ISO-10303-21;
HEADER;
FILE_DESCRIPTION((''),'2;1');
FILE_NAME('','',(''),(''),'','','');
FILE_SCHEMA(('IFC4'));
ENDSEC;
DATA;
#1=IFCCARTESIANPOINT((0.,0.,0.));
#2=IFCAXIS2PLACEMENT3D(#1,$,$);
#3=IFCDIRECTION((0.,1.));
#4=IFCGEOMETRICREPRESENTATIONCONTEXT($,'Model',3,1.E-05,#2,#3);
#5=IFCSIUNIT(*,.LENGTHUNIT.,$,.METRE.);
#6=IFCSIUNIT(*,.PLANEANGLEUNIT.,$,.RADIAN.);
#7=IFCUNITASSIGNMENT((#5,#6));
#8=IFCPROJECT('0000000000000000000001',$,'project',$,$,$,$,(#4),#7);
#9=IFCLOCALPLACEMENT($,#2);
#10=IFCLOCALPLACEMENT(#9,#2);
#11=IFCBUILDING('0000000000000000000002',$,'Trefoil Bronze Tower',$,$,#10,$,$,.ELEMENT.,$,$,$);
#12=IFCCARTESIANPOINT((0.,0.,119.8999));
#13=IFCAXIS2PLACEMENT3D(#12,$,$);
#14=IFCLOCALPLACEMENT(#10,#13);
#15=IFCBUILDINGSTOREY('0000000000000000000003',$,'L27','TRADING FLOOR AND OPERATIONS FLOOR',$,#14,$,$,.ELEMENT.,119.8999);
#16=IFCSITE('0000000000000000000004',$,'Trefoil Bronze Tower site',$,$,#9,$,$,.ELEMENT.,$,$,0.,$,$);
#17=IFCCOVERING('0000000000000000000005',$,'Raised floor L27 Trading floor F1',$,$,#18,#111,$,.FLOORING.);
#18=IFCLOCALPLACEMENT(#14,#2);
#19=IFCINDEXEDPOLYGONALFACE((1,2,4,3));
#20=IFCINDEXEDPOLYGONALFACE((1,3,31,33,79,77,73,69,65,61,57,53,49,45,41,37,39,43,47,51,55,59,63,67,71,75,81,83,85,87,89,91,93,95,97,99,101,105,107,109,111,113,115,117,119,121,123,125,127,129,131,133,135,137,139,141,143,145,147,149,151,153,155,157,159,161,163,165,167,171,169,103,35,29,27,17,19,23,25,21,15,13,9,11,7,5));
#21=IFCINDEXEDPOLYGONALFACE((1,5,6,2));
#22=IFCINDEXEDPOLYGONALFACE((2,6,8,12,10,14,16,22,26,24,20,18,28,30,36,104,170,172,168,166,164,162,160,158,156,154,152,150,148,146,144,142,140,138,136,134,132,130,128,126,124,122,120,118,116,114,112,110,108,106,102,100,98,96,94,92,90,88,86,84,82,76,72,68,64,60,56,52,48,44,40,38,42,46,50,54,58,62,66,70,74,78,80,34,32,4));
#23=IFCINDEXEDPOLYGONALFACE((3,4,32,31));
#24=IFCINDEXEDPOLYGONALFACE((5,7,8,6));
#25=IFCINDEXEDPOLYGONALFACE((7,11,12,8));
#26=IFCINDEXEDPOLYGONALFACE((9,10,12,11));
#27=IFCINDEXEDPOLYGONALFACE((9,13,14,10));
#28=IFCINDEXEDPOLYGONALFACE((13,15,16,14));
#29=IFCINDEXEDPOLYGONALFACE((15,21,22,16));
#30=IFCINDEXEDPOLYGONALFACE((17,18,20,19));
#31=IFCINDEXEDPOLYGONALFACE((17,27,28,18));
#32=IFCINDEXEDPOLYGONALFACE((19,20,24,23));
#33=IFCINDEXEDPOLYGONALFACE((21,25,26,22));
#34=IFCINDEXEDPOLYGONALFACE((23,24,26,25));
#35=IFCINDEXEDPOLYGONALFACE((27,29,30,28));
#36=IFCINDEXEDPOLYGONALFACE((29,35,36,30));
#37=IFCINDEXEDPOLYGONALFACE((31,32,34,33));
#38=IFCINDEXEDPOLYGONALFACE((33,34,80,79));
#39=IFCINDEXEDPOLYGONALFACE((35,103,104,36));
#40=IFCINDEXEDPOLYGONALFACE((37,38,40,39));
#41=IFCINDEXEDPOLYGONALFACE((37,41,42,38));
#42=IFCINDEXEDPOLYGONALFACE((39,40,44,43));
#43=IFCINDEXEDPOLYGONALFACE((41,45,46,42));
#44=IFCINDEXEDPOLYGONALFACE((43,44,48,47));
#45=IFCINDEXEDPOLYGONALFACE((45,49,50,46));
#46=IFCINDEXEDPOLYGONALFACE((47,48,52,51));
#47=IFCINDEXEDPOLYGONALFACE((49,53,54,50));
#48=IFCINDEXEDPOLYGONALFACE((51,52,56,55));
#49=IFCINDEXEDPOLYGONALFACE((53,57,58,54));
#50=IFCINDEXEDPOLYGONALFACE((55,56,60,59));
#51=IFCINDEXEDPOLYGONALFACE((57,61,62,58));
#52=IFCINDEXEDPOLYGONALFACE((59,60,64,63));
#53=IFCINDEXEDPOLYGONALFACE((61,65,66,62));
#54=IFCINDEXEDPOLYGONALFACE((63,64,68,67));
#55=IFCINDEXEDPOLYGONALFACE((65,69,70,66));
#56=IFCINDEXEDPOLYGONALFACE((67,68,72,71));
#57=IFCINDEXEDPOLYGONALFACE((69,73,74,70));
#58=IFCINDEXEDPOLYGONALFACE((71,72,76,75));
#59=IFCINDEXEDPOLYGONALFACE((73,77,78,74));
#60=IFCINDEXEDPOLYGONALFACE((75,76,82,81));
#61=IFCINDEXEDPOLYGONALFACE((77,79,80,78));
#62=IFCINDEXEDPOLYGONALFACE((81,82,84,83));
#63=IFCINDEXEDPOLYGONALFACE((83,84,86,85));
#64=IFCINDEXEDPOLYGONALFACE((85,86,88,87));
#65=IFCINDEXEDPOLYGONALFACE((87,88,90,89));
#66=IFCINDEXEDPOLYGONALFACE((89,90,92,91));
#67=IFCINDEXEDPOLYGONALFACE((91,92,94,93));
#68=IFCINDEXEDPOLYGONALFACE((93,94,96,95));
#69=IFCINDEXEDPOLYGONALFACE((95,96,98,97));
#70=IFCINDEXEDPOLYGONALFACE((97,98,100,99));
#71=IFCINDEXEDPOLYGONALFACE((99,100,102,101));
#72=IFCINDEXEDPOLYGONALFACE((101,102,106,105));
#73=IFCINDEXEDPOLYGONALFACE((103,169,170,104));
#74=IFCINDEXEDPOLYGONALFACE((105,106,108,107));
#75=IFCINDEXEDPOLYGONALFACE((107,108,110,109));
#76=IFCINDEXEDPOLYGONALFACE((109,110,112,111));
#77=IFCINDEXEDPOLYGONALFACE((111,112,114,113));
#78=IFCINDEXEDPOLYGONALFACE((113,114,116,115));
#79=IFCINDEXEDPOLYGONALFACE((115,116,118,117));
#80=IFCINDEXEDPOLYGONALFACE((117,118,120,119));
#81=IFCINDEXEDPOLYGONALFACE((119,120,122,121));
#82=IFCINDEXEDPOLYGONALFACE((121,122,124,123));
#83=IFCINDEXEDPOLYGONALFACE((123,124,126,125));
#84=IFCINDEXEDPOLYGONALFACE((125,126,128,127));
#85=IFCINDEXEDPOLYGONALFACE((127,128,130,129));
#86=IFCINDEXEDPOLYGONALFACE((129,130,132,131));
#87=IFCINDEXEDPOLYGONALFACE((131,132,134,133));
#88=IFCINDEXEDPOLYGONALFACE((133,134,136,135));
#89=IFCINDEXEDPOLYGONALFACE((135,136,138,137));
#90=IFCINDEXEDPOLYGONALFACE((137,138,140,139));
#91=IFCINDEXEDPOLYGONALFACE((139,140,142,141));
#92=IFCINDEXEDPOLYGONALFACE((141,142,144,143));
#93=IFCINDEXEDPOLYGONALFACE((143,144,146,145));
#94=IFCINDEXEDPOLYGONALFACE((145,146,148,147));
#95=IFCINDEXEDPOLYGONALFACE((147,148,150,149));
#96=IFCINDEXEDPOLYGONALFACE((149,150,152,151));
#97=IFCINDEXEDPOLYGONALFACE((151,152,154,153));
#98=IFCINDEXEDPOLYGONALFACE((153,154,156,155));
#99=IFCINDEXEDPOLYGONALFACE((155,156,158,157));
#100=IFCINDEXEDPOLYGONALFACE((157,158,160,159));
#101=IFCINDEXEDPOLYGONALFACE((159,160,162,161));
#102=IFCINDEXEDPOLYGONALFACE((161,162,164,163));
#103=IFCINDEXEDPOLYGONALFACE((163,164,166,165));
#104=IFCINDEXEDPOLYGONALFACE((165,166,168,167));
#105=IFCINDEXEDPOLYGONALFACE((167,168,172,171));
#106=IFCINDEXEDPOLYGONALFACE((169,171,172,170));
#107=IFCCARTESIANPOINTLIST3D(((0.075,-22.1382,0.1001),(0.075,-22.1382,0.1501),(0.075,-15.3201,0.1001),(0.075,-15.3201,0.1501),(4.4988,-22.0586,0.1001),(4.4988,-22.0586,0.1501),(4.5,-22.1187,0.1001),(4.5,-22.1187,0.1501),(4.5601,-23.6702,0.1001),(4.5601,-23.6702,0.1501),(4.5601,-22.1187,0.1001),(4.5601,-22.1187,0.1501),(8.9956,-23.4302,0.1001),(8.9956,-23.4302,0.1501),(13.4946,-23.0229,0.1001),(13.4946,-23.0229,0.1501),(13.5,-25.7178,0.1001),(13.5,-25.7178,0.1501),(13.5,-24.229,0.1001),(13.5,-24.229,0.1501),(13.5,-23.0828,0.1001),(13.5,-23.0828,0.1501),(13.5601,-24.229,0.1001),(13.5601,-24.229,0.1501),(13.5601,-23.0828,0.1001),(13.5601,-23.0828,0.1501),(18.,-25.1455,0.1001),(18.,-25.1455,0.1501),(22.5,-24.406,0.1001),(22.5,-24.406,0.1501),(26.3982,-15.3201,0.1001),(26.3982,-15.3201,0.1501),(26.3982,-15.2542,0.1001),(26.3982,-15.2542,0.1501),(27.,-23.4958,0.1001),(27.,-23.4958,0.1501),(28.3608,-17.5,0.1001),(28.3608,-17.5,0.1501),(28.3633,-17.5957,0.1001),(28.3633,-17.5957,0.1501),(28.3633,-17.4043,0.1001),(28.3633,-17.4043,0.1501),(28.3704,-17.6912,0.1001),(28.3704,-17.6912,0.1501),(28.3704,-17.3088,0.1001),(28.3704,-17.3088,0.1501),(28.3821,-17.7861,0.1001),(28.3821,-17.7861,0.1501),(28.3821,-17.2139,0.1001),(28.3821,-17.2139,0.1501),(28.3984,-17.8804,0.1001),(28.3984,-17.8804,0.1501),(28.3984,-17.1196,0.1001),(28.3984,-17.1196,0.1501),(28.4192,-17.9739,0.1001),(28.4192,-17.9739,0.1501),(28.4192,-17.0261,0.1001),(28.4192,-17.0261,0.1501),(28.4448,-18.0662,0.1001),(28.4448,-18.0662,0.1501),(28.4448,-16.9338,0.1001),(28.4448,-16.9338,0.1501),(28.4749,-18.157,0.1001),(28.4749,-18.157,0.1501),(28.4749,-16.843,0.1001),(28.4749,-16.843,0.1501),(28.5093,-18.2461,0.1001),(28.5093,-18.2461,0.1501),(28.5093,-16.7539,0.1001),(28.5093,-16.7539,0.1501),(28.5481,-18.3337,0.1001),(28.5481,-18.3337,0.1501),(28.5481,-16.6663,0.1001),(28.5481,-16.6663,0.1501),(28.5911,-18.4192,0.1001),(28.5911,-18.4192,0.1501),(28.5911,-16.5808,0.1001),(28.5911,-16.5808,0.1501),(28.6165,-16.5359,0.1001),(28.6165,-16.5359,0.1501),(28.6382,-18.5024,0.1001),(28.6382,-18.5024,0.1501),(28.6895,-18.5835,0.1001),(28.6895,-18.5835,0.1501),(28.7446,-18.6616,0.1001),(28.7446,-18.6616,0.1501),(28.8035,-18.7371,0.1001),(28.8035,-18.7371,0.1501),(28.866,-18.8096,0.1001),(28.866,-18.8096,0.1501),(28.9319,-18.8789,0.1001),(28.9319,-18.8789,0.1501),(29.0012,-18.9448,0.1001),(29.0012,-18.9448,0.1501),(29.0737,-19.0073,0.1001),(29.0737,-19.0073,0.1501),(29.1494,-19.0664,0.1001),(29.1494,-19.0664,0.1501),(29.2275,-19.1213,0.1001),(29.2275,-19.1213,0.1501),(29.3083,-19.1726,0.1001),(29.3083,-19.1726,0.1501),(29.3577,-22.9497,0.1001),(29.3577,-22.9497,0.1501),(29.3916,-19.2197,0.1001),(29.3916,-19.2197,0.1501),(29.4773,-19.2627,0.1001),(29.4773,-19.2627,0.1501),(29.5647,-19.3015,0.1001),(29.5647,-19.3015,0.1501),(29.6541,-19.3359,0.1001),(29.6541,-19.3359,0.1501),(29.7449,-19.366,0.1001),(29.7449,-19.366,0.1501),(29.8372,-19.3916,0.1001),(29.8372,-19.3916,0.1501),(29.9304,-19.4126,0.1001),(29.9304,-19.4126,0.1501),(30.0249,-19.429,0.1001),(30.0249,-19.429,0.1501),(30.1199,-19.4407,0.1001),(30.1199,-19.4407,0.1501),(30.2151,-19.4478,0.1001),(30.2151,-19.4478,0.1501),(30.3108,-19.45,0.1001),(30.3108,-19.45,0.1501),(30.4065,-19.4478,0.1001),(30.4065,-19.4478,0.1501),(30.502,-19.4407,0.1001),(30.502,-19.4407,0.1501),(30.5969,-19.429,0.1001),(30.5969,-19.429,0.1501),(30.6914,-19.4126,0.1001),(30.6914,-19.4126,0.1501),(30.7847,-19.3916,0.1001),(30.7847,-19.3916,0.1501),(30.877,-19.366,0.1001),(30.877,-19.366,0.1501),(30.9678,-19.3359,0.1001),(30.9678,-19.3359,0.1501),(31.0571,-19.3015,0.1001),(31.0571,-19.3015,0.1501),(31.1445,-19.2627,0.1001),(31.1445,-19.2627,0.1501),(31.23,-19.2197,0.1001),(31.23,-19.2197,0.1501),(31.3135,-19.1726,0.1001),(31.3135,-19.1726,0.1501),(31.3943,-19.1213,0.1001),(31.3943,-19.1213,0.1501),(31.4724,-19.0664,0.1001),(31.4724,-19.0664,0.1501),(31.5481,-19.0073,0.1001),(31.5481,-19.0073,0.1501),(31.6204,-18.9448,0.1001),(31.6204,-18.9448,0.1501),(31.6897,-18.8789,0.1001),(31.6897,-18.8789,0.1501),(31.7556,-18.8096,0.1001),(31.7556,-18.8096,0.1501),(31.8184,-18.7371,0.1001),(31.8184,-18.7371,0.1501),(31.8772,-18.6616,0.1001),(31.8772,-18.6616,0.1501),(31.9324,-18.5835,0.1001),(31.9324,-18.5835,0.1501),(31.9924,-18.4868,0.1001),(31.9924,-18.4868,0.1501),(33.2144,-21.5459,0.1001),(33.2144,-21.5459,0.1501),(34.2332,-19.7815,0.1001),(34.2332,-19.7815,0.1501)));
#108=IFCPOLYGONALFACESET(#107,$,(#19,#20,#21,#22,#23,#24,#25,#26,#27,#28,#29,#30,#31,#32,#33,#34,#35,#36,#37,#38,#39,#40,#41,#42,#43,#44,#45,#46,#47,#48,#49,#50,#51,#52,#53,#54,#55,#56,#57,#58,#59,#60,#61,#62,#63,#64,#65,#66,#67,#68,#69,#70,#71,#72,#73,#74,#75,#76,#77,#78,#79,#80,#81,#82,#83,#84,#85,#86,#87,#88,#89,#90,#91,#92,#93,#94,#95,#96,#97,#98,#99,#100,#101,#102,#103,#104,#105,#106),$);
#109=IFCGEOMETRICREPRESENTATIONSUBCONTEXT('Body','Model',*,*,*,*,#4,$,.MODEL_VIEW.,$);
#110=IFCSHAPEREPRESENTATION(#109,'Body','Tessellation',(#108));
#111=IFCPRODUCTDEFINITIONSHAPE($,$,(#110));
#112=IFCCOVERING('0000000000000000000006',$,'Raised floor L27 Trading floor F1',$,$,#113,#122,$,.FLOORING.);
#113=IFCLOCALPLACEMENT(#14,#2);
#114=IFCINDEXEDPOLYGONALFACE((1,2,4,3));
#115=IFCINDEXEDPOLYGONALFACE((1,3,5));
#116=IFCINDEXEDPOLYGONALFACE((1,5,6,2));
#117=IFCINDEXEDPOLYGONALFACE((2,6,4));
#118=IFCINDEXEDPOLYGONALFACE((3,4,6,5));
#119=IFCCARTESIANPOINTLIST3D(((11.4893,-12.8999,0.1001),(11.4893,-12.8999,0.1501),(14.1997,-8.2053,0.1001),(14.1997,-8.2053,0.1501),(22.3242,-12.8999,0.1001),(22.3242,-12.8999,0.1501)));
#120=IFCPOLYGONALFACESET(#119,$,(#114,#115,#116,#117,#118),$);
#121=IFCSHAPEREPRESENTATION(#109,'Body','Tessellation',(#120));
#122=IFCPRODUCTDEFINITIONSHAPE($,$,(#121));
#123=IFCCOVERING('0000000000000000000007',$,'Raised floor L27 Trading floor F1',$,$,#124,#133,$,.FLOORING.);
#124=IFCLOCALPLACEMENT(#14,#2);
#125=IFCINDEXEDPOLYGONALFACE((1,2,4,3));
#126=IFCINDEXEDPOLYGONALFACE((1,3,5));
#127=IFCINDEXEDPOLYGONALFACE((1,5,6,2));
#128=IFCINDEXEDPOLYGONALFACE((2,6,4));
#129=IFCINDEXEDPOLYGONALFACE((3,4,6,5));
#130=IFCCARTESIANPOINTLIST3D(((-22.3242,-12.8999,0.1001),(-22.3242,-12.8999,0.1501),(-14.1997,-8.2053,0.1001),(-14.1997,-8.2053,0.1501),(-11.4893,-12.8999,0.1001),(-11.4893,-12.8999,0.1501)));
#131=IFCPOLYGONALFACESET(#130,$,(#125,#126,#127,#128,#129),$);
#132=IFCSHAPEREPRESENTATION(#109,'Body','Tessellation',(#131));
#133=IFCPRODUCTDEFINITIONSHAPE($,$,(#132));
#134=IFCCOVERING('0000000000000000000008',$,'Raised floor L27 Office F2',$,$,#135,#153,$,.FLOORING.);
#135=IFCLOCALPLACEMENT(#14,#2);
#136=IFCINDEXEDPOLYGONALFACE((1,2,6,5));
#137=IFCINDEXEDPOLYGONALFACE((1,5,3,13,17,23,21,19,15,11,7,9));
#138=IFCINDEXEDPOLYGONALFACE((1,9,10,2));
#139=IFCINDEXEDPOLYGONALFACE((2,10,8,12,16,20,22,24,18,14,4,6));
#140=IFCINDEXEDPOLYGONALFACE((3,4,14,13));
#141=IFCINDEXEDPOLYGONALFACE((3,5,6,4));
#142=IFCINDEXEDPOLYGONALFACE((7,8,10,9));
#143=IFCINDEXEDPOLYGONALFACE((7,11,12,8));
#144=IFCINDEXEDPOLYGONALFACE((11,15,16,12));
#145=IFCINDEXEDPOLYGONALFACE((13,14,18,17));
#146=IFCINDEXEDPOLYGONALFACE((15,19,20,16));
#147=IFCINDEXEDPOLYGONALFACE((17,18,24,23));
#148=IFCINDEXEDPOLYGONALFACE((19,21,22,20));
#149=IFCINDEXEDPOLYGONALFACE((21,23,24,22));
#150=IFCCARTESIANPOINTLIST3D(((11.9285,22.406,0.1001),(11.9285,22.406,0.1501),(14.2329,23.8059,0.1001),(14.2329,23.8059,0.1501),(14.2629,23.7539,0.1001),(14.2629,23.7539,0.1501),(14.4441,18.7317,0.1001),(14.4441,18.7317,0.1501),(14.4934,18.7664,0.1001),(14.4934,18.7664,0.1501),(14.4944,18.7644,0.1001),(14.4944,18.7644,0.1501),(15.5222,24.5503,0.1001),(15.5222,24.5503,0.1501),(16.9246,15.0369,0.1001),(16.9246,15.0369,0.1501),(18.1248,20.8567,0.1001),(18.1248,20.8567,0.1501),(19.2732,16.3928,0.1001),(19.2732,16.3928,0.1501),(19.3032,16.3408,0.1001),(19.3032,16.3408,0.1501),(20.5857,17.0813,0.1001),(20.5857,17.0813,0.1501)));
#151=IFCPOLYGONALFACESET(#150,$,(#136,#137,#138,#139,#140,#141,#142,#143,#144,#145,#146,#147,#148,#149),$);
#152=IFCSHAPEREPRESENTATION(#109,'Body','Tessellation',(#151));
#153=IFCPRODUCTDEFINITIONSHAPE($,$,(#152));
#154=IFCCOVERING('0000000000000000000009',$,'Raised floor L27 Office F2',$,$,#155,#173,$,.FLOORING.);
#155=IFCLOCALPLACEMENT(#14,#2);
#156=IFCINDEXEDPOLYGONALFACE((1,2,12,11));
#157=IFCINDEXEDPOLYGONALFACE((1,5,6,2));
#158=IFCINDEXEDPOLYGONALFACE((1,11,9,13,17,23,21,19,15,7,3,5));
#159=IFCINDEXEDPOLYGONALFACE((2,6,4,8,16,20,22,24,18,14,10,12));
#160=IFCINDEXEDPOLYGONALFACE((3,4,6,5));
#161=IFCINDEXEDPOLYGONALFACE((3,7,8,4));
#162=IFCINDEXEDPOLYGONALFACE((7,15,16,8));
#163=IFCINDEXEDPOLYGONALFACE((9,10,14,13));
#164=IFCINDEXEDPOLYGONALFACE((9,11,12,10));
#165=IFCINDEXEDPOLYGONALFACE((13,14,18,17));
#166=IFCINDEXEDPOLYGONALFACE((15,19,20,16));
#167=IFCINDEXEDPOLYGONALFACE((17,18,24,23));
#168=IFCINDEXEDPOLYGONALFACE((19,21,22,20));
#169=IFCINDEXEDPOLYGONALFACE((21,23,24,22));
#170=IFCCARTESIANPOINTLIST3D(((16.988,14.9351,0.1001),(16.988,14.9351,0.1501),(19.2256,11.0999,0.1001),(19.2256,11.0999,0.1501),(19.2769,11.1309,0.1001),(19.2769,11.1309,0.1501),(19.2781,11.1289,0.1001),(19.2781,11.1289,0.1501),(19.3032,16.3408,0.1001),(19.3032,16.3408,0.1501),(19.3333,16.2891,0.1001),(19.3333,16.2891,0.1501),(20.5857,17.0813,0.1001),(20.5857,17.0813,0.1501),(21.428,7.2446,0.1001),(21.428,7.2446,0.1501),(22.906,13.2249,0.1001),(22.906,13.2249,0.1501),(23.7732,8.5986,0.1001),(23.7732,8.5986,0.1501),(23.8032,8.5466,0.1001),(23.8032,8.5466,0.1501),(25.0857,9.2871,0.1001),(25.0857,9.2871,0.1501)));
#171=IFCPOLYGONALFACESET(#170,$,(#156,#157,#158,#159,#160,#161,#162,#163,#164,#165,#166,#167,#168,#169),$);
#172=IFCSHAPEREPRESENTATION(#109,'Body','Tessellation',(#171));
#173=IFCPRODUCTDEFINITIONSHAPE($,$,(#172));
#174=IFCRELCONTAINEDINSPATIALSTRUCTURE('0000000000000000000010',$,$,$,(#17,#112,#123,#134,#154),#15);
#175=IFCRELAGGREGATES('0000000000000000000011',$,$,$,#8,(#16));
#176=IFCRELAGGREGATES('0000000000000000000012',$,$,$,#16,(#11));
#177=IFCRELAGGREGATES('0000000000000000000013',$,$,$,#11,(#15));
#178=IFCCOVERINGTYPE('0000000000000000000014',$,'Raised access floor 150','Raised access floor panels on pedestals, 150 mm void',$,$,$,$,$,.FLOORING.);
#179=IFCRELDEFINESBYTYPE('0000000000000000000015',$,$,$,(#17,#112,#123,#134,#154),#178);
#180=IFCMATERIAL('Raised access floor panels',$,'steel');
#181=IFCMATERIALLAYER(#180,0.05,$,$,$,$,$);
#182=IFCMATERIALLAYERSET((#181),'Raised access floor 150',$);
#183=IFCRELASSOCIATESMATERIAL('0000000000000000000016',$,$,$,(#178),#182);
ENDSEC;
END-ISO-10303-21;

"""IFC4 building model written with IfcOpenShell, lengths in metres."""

from ifc_helpers import new_model, si_unit, direction, frame, origin, place, context, subcontext, project, spatial, polyline, outline, extrude, material, layer, layer_set, type_object, element, save


model = new_model("IFC4")

# Units and contexts
model_context = context("Model", 3, precision=1e-05, world=origin(), true_north=direction((0.0, 1.0)))
body_context = subcontext(model_context, "Body", "Model", "MODEL_VIEW")
ifc_project = project(units=[si_unit("LENGTHUNIT", "METRE"), si_unit("PLANEANGLEUNIT", "RADIAN")], contexts=[model_context])

# Site, building, storey
site_placement = place(None, origin())
site = spatial("IfcSite", under=ifc_project, at=site_placement, Name="Trefoil Bronze Tower site", CompositionType="ELEMENT", RefElevation=0.0)
building_placement = place(site_placement, origin())
building = spatial("IfcBuilding", under=site, at=building_placement, Name="Trefoil Bronze Tower", CompositionType="ELEMENT")
storey_placement = place(building_placement, frame((0.0, 0.0, 119.8999)))
storey = spatial("IfcBuildingStorey", under=building, at=storey_placement, Name="L27", Description="TRADING FLOOR AND OPERATIONS FLOOR", CompositionType="ELEMENT", Elevation=119.8999)

# Coverings
ifc_material_1 = material(Name="Raised access floor panels", Category="steel")
ifc_layer_1 = layer(ifc_material_1, 0.05)
ifc_layer_set_1 = layer_set([ifc_layer_1], Name="Raised access floor 150")
covering_type_1 = type_object("IfcCoveringType", Name="Raised access floor 150", Description="Raised access floor panels on pedestals, 150 mm void", PredefinedType="FLOORING", material=ifc_layer_set_1)
covering_1_placement = place(storey_placement, frame((0.0, 0.0, 0.1001)))
element("IfcCovering", 1, at=covering_1_placement, inside=storey, type_object=covering_type_1, Name="Raised floor L27 Trading floor F1", PredefinedType="FLOORING", context=body_context, shape_type="SweptSolid", body=[
    extrude(outline(polyline([(13.5, -24.229), (13.5601, -24.229), (13.5601, -23.0828), (13.5, -23.0828), (13.4946, -23.0229), (8.9956, -23.4302), (4.5601, -23.6702), (4.5601, -22.1187), (4.5, -22.1187), (4.4988, -22.0586), (0.075, -22.1382), (0.075, -15.3201), (26.3982, -15.3201), (26.3982, -15.2542), (28.6165, -16.5359), (28.5911, -16.5808), (28.5481, -16.6663), (28.5093, -16.7539), (28.4749, -16.843), (28.4448, -16.9338), (28.4192, -17.0261), (28.3984, -17.1196), (28.3821, -17.2139), (28.3704, -17.3088), (28.3633, -17.4043), (28.3608, -17.5), (28.3633, -17.5957), (28.3704, -17.6912), (28.3821, -17.7861), (28.3984, -17.8804), (28.4192, -17.9739), (28.4448, -18.0662), (28.4749, -18.157), (28.5093, -18.2461), (28.5481, -18.3337), (28.5911, -18.4192), (28.6382, -18.5024), (28.6895, -18.5835), (28.7446, -18.6616), (28.8035, -18.7371), (28.866, -18.8096), (28.9319, -18.8789), (29.0012, -18.9448), (29.0737, -19.0073), (29.1494, -19.0664), (29.2275, -19.1213), (29.3083, -19.1726), (29.3916, -19.2197), (29.4773, -19.2627), (29.5647, -19.3015), (29.6541, -19.3359), (29.7449, -19.366), (29.8372, -19.3916), (29.9304, -19.4126), (30.0249, -19.429), (30.1199, -19.4407), (30.2151, -19.4478), (30.3108, -19.45), (30.4065, -19.4478), (30.502, -19.4407), (30.5969, -19.429), (30.6914, -19.4126), (30.7847, -19.3916), (30.877, -19.366), (30.9678, -19.3359), (31.0571, -19.3015), (31.1445, -19.2627), (31.23, -19.2197), (31.3135, -19.1726), (31.3943, -19.1213), (31.4724, -19.0664), (31.5481, -19.0073), (31.6204, -18.9448), (31.6897, -18.8789), (31.7556, -18.8096), (31.8184, -18.7371), (31.8772, -18.6616), (31.9324, -18.5835), (31.9924, -18.4868), (34.2332, -19.7815), (33.2144, -21.5459), (29.3577, -22.9497), (27.0, -23.4958), (22.5, -24.406), (18.0, -25.1455), (13.5, -25.7178), (13.5, -24.229)])), origin(), (0.0, 0.0, 1.0), 0.05),
])
covering_2_placement = place(storey_placement, frame((0.0, 0.0, 0.1001)))
element("IfcCovering", 2, at=covering_2_placement, inside=storey, type_object=covering_type_1, Name="Raised floor L27 Trading floor F1", PredefinedType="FLOORING", context=body_context, shape_type="SweptSolid", body=[
    extrude(outline(polyline([(11.4893, -12.8999), (14.1997, -8.2053), (22.3242, -12.8999), (11.4893, -12.8999)])), origin(), (0.0, 0.0, 1.0), 0.05),
])
covering_3_placement = place(storey_placement, frame((0.0, 0.0, 0.1001)))
element("IfcCovering", 3, at=covering_3_placement, inside=storey, type_object=covering_type_1, Name="Raised floor L27 Trading floor F1", PredefinedType="FLOORING", context=body_context, shape_type="SweptSolid", body=[
    extrude(outline(polyline([(-22.3242, -12.8999), (-14.1997, -8.2053), (-11.4893, -12.8999), (-22.3242, -12.8999)])), origin(), (0.0, 0.0, 1.0), 0.05),
])
covering_4_placement = place(storey_placement, frame((0.0, 0.0, 0.1001)))
element("IfcCovering", 4, at=covering_4_placement, inside=storey, type_object=covering_type_1, Name="Raised floor L27 Office F2", PredefinedType="FLOORING", context=body_context, shape_type="SweptSolid", body=[
    extrude(outline(polyline([(20.5857, 17.0813), (19.3032, 16.3408), (19.2732, 16.3928), (16.9246, 15.0369), (14.4944, 18.7644), (14.4441, 18.7317), (14.4934, 18.7664), (11.9285, 22.406), (14.2629, 23.7539), (14.2329, 23.8059), (15.5222, 24.5503), (18.1248, 20.8567), (20.5857, 17.0813)])), origin(), (0.0, 0.0, 1.0), 0.05),
])
covering_5_placement = place(storey_placement, frame((0.0, 0.0, 0.1001)))
element("IfcCovering", 5, at=covering_5_placement, inside=storey, type_object=covering_type_1, Name="Raised floor L27 Office F2", PredefinedType="FLOORING", context=body_context, shape_type="SweptSolid", body=[
    extrude(outline(polyline([(22.906, 13.2249), (25.0857, 9.2871), (23.8032, 8.5466), (23.7732, 8.5986), (21.428, 7.2446), (19.2781, 11.1289), (19.2256, 11.0999), (19.2769, 11.1309), (16.988, 14.9351), (19.3333, 16.2891), (19.3032, 16.3408), (20.5857, 17.0813), (22.906, 13.2249)])), origin(), (0.0, 0.0, 1.0), 0.05),
])

save(model, "model.ifc")
